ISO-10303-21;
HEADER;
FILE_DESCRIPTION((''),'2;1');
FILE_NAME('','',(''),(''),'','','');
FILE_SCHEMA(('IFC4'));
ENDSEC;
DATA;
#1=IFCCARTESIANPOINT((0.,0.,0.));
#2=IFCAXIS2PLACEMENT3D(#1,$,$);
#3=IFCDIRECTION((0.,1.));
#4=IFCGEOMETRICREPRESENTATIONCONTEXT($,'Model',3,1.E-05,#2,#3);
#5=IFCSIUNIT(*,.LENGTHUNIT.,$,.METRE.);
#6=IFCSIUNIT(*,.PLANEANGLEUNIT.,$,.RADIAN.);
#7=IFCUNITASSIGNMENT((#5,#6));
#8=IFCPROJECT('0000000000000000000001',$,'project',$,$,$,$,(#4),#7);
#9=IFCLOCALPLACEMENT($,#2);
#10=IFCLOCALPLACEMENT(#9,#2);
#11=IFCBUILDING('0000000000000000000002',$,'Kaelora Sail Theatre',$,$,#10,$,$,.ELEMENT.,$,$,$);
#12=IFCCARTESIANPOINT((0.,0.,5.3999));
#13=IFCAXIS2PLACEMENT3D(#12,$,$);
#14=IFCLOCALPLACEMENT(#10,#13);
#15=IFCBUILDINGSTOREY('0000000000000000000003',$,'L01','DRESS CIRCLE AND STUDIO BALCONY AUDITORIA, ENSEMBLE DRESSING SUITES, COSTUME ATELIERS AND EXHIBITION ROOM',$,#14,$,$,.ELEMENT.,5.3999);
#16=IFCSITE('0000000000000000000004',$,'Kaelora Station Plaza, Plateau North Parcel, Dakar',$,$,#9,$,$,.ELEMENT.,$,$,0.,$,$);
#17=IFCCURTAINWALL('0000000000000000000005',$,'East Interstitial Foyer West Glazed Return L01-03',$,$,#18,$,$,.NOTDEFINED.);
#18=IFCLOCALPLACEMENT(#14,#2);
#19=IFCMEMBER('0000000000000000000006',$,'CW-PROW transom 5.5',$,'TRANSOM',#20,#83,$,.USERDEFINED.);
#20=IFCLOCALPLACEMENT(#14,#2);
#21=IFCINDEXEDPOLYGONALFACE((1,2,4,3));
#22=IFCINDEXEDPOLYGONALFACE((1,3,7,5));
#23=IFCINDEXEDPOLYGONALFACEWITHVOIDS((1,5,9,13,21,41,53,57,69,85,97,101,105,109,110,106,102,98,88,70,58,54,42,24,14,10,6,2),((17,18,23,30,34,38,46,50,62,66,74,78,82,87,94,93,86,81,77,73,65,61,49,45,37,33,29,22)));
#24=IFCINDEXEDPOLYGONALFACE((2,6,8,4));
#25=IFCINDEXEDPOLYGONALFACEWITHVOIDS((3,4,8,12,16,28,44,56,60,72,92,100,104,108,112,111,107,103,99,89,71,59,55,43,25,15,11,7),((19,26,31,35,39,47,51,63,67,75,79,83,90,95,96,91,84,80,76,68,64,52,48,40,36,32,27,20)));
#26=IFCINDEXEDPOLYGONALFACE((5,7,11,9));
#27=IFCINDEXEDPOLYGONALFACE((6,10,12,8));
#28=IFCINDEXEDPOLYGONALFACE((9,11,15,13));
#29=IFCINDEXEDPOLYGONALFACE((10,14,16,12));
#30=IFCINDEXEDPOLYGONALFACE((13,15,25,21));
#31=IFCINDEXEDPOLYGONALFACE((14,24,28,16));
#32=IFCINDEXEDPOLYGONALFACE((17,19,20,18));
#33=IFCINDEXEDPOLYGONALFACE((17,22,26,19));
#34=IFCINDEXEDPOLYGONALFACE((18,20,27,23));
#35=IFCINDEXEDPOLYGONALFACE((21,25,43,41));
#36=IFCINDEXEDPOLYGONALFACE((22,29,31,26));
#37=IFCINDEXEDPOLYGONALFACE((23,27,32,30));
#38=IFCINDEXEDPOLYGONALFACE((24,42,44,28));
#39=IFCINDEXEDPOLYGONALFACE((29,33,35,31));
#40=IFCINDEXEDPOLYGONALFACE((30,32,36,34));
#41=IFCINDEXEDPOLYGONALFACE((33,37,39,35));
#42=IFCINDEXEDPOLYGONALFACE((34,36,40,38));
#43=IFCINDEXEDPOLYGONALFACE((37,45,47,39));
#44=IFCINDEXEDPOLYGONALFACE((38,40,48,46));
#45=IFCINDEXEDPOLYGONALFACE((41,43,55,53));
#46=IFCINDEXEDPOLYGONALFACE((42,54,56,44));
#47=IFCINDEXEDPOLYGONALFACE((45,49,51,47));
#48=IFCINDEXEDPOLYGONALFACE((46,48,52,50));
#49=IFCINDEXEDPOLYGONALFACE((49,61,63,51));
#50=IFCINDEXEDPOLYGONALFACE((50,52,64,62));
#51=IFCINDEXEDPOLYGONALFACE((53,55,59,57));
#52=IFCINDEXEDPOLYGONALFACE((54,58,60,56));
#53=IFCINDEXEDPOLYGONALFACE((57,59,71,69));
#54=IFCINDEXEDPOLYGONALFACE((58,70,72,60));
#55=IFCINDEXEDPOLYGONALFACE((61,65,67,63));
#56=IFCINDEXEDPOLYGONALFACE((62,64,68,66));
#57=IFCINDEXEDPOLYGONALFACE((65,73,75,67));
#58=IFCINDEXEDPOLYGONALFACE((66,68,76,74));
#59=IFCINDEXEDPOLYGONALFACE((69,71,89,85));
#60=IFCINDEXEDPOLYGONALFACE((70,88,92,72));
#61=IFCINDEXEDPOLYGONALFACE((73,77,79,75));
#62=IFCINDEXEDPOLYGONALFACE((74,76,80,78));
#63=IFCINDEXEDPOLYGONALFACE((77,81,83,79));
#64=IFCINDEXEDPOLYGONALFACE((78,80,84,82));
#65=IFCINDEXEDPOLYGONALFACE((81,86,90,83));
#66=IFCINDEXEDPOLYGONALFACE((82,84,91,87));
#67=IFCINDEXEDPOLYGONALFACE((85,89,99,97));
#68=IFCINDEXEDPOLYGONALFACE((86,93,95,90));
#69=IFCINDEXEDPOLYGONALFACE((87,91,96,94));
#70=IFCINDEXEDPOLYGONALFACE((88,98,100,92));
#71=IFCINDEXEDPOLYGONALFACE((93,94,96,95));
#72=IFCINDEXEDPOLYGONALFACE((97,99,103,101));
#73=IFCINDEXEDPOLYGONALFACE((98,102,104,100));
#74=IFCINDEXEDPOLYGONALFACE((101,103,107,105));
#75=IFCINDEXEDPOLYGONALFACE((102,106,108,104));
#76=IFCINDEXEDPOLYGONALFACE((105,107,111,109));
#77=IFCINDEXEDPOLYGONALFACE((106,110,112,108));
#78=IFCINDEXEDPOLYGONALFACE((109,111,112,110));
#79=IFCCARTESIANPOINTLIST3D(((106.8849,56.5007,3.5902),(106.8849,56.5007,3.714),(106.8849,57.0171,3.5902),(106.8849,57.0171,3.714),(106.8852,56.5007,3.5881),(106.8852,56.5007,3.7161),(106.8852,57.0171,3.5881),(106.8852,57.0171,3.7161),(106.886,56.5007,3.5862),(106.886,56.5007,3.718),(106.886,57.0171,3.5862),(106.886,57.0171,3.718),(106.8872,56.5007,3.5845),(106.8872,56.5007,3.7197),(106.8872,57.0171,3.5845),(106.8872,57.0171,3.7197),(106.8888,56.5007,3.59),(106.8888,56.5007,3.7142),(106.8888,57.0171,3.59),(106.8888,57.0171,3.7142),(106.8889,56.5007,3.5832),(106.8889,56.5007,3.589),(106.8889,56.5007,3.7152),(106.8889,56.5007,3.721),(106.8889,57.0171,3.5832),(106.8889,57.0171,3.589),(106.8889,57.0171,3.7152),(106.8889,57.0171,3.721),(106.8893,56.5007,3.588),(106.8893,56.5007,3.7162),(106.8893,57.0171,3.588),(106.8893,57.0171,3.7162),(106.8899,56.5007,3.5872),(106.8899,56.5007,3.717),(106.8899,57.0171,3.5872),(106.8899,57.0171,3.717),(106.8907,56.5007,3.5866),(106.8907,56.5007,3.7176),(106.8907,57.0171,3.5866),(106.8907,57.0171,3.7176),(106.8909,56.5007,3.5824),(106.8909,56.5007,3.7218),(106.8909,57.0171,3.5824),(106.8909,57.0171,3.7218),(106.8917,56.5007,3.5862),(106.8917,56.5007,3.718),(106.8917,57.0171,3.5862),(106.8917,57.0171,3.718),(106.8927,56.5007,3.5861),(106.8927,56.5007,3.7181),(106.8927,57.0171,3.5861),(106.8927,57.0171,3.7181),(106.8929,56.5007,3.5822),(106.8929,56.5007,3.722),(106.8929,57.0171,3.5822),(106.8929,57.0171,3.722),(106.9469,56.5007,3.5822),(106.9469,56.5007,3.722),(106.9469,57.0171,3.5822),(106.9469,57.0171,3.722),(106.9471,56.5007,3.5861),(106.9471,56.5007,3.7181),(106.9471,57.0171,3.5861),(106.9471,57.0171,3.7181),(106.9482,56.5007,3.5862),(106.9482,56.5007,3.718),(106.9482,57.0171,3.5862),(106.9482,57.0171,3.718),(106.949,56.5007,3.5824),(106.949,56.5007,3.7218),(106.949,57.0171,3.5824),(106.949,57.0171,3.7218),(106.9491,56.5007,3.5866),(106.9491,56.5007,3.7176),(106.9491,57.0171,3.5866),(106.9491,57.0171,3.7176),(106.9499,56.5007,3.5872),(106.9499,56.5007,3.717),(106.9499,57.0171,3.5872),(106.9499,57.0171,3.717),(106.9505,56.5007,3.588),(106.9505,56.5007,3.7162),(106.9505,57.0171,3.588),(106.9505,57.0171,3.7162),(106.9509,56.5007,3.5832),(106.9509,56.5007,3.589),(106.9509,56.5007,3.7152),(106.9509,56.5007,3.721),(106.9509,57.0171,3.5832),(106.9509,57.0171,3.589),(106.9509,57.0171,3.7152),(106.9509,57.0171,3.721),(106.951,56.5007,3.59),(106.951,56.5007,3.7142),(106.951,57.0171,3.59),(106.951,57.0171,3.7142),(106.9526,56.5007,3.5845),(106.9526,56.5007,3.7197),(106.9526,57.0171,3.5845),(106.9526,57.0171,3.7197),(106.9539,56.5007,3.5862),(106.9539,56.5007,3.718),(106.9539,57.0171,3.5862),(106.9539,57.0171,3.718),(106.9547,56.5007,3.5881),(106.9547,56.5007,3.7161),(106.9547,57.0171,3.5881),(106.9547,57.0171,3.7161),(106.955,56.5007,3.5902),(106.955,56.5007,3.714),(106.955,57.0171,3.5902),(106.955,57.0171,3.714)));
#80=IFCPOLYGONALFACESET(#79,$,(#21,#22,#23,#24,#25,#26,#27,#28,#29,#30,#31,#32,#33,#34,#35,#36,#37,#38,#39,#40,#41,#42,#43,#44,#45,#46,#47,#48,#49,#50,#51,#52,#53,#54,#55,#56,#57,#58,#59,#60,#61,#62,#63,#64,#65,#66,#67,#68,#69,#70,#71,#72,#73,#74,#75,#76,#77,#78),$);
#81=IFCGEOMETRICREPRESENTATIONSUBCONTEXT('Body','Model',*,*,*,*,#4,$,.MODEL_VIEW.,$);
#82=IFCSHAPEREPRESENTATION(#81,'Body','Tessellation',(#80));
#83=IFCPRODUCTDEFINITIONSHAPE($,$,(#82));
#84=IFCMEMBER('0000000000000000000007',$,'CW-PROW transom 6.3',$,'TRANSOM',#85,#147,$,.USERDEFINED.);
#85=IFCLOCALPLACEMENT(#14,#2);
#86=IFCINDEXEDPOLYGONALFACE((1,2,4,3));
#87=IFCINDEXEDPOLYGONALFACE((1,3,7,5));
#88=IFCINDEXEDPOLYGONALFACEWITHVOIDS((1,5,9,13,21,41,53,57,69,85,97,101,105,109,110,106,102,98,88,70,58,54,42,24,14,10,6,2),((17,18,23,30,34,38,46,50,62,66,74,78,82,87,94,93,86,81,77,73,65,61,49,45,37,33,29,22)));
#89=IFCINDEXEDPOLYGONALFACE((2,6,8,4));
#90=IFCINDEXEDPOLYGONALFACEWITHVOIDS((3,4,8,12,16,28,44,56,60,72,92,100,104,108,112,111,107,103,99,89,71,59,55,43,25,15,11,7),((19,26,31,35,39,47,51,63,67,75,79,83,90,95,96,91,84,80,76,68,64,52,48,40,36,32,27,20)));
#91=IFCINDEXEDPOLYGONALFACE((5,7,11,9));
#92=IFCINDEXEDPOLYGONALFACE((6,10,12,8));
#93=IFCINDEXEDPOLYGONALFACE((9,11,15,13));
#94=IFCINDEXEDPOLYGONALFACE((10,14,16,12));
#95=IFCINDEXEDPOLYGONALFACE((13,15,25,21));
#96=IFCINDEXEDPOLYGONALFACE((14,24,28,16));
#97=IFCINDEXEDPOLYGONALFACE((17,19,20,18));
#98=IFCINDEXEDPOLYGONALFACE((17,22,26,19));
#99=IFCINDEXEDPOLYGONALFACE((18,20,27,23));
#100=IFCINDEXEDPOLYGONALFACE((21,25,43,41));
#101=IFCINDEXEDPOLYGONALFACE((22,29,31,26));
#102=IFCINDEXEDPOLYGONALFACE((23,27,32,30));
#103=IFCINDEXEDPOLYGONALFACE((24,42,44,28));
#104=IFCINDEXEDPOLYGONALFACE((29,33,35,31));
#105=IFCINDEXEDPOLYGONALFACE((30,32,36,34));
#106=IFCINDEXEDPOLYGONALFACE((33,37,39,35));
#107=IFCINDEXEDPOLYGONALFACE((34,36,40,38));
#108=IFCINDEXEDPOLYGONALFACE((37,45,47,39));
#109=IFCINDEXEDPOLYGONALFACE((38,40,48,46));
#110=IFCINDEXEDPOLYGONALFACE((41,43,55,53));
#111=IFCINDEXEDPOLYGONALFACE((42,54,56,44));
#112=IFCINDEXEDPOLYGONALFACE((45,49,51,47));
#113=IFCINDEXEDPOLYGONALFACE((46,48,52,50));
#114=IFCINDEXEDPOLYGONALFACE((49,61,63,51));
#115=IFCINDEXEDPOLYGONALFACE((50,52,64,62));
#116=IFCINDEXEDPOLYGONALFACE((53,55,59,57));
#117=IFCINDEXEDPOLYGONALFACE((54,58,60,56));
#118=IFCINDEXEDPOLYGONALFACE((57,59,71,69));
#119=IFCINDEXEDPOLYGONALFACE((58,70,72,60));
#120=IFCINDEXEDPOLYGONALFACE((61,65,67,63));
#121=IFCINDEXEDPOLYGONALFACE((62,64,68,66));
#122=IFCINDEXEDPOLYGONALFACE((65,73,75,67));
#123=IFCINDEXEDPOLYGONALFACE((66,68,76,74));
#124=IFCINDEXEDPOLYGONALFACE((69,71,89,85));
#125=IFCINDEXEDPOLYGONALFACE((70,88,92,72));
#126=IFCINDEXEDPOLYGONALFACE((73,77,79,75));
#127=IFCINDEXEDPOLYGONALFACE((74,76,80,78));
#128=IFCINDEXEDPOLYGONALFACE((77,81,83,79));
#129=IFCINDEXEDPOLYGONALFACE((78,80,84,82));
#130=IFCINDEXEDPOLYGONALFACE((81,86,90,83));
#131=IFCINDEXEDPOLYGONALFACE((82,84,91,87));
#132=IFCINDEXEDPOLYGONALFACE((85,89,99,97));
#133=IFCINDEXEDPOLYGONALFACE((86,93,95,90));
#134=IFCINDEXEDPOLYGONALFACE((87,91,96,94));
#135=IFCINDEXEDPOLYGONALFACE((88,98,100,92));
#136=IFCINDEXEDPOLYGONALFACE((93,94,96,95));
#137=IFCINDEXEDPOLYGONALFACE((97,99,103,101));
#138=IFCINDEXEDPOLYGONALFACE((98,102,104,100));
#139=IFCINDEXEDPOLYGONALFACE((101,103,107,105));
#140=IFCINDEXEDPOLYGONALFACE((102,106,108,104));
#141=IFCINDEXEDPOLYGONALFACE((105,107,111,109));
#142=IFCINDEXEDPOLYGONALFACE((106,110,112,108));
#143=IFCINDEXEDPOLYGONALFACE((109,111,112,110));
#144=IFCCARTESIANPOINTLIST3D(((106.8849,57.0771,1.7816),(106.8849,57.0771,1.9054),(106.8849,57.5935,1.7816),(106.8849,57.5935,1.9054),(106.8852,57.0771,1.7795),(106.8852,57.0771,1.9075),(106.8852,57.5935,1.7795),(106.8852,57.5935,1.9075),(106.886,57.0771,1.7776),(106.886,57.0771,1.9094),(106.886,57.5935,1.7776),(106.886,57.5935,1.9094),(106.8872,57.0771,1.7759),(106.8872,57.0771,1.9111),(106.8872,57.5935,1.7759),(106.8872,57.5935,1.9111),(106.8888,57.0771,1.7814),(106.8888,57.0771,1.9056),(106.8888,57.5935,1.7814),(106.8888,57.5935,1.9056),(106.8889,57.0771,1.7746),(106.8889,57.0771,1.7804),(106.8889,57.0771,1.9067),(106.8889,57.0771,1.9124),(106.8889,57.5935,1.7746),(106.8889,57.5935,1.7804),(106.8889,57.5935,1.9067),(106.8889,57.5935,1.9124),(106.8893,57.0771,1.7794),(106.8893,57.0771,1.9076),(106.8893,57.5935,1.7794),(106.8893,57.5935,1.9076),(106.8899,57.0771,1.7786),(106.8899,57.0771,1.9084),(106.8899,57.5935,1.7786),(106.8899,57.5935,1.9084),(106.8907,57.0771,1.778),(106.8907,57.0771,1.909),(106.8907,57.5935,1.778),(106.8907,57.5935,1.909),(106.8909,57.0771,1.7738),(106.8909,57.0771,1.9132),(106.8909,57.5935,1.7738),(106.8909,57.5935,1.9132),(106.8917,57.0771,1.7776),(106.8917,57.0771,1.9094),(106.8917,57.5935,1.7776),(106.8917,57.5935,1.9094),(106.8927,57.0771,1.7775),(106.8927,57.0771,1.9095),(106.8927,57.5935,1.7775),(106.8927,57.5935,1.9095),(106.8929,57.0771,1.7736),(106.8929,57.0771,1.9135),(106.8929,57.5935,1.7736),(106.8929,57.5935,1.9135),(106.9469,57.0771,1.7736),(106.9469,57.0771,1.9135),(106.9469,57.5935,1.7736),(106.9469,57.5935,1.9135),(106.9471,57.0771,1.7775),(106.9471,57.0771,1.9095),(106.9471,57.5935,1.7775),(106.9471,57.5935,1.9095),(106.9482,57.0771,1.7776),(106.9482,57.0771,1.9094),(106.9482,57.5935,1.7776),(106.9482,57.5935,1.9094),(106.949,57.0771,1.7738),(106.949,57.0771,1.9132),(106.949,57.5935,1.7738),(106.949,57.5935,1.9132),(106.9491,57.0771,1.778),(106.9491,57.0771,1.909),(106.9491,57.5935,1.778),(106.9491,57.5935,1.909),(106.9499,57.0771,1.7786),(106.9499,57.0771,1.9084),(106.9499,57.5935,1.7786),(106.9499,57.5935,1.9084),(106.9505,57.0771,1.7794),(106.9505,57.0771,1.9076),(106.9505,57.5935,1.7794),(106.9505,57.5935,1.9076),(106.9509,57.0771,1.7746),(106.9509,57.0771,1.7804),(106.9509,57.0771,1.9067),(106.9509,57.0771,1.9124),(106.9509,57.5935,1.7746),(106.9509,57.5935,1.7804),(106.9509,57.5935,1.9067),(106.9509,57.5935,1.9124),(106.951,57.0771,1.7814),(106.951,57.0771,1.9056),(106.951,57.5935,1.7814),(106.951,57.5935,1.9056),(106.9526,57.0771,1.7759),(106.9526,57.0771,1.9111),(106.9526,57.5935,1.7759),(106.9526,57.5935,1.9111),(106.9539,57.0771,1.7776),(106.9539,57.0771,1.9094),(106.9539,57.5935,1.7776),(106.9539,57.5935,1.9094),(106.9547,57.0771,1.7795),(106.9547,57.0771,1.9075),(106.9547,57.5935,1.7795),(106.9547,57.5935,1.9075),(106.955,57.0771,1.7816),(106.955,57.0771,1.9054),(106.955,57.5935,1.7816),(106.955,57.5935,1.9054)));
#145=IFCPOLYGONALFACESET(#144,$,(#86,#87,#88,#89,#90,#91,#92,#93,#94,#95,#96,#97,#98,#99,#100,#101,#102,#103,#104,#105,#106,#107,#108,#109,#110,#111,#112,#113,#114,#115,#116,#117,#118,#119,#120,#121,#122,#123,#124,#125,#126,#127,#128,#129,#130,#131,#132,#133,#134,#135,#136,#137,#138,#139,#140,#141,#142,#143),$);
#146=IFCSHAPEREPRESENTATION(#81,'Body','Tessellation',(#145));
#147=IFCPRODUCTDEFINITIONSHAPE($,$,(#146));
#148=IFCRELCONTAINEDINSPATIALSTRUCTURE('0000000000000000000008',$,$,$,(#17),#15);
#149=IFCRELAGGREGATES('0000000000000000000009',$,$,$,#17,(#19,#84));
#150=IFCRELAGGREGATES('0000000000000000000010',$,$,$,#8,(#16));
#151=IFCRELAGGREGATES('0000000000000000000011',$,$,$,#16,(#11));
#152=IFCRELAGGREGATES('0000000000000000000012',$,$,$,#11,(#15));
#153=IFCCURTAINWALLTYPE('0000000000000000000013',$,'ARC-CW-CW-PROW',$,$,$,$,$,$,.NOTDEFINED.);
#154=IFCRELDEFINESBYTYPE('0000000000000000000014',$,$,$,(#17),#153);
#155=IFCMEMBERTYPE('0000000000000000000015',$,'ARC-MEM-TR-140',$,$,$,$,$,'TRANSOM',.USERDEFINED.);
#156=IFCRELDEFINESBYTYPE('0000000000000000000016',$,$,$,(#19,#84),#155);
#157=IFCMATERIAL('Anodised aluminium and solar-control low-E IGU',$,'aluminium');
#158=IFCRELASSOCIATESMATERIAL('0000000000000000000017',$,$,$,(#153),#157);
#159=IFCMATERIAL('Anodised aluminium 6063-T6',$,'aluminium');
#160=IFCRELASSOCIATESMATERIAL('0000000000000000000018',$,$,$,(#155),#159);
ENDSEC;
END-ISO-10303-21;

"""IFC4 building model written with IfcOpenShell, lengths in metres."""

from ifc_helpers import new_model, si_unit, direction, frame, origin, origin_2d, place, context, subcontext, project, spatial, hollow_rectangle, extrude, material, material_profile, profile_set, type_object, element, aggregate, save


model = new_model("IFC4")

# Units and contexts
model_context = context("Model", 3, precision=1e-05, world=origin(), true_north=direction((0.0, 1.0)))
body_context = subcontext(model_context, "Body", "Model", "MODEL_VIEW")
ifc_project = project(units=[si_unit("LENGTHUNIT", "METRE"), si_unit("PLANEANGLEUNIT", "RADIAN")], contexts=[model_context])

# Site, building, storey
site_placement = place(None, origin())
site = spatial("IfcSite", under=ifc_project, at=site_placement, Name="Kaelora Station Plaza, Plateau North Parcel, Dakar", CompositionType="ELEMENT", RefElevation=0.0)
building_placement = place(site_placement, origin())
building = spatial("IfcBuilding", under=site, at=building_placement, Name="Kaelora Sail Theatre", CompositionType="ELEMENT")
storey_placement = place(building_placement, frame((0.0, 0.0, 5.3999)))
storey = spatial("IfcBuildingStorey", under=building, at=storey_placement, Name="L01", Description="DRESS CIRCLE AND STUDIO BALCONY AUDITORIA, ENSEMBLE DRESSING SUITES, COSTUME ATELIERS AND EXHIBITION ROOM", CompositionType="ELEMENT", Elevation=5.3999)

# Curtain wall, members
ifc_material_1 = material(Name="Anodised aluminium and solar-control low-E IGU", Category="aluminium")
curtain_wall_type = type_object("IfcCurtainWallType", Name="ARC-CW-CW-PROW", PredefinedType="NOTDEFINED", material=ifc_material_1)
curtain_wall_placement = place(storey_placement, origin())
curtain_wall = element("IfcCurtainWall", 1, at=curtain_wall_placement, inside=storey, type_object=curtain_wall_type, Name="East Interstitial Foyer West Glazed Return L01-03", PredefinedType="NOTDEFINED")
ifc_material_2 = material(Name="Anodised aluminium 6063-T6", Category="aluminium")
ifc_material_profile = material_profile(ifc_material_2, hollow_rectangle(XDim=0.0701, YDim=0.1399, WallThickness=0.0039, InnerFilletRadius=0.0039, OuterFilletRadius=0.0081, at=origin_2d()), Name="ALU-TRAN 70x140x4")
ifc_profile_set = profile_set([ifc_material_profile], Name="Anodised aluminium 6063-T6")
member_type = type_object("IfcMemberType", Name="ARC-MEM-TR-140", ElementType="TRANSOM", PredefinedType="USERDEFINED", material=ifc_profile_set)
member_1_placement = place(storey_placement, frame((106.9199, 56.5007, 3.6521), z_axis=(0.0, 1.0, 0.0), x_axis=(-1.0, 0.0, 0.0)))
member_1 = element("IfcMember", 2, at=member_1_placement, type_object=member_type, Name="CW-PROW transom 5.5", ObjectType="TRANSOM", PredefinedType="USERDEFINED", context=body_context, shape_type="SweptSolid", body=[
    extrude(hollow_rectangle(XDim=0.0701, YDim=0.1399, WallThickness=0.0039, InnerFilletRadius=0.0039, OuterFilletRadius=0.0081, at=origin_2d()), origin(), (0.0, 0.0, 1.0), 0.5164),
])
member_2_placement = place(storey_placement, frame((106.9199, 57.0771, 1.8435), z_axis=(0.0, 1.0, 0.0), x_axis=(-1.0, 0.0, 0.0)))
member_2 = element("IfcMember", 3, at=member_2_placement, type_object=member_type, Name="CW-PROW transom 6.3", ObjectType="TRANSOM", PredefinedType="USERDEFINED", context=body_context, shape_type="SweptSolid", body=[
    extrude(hollow_rectangle(XDim=0.0701, YDim=0.1399, WallThickness=0.0039, InnerFilletRadius=0.0039, OuterFilletRadius=0.0081, at=origin_2d()), origin(), (0.0, 0.0, 1.0), 0.5164),
])
aggregate(curtain_wall, [member_1, member_2])

save(model, "model.ifc")
